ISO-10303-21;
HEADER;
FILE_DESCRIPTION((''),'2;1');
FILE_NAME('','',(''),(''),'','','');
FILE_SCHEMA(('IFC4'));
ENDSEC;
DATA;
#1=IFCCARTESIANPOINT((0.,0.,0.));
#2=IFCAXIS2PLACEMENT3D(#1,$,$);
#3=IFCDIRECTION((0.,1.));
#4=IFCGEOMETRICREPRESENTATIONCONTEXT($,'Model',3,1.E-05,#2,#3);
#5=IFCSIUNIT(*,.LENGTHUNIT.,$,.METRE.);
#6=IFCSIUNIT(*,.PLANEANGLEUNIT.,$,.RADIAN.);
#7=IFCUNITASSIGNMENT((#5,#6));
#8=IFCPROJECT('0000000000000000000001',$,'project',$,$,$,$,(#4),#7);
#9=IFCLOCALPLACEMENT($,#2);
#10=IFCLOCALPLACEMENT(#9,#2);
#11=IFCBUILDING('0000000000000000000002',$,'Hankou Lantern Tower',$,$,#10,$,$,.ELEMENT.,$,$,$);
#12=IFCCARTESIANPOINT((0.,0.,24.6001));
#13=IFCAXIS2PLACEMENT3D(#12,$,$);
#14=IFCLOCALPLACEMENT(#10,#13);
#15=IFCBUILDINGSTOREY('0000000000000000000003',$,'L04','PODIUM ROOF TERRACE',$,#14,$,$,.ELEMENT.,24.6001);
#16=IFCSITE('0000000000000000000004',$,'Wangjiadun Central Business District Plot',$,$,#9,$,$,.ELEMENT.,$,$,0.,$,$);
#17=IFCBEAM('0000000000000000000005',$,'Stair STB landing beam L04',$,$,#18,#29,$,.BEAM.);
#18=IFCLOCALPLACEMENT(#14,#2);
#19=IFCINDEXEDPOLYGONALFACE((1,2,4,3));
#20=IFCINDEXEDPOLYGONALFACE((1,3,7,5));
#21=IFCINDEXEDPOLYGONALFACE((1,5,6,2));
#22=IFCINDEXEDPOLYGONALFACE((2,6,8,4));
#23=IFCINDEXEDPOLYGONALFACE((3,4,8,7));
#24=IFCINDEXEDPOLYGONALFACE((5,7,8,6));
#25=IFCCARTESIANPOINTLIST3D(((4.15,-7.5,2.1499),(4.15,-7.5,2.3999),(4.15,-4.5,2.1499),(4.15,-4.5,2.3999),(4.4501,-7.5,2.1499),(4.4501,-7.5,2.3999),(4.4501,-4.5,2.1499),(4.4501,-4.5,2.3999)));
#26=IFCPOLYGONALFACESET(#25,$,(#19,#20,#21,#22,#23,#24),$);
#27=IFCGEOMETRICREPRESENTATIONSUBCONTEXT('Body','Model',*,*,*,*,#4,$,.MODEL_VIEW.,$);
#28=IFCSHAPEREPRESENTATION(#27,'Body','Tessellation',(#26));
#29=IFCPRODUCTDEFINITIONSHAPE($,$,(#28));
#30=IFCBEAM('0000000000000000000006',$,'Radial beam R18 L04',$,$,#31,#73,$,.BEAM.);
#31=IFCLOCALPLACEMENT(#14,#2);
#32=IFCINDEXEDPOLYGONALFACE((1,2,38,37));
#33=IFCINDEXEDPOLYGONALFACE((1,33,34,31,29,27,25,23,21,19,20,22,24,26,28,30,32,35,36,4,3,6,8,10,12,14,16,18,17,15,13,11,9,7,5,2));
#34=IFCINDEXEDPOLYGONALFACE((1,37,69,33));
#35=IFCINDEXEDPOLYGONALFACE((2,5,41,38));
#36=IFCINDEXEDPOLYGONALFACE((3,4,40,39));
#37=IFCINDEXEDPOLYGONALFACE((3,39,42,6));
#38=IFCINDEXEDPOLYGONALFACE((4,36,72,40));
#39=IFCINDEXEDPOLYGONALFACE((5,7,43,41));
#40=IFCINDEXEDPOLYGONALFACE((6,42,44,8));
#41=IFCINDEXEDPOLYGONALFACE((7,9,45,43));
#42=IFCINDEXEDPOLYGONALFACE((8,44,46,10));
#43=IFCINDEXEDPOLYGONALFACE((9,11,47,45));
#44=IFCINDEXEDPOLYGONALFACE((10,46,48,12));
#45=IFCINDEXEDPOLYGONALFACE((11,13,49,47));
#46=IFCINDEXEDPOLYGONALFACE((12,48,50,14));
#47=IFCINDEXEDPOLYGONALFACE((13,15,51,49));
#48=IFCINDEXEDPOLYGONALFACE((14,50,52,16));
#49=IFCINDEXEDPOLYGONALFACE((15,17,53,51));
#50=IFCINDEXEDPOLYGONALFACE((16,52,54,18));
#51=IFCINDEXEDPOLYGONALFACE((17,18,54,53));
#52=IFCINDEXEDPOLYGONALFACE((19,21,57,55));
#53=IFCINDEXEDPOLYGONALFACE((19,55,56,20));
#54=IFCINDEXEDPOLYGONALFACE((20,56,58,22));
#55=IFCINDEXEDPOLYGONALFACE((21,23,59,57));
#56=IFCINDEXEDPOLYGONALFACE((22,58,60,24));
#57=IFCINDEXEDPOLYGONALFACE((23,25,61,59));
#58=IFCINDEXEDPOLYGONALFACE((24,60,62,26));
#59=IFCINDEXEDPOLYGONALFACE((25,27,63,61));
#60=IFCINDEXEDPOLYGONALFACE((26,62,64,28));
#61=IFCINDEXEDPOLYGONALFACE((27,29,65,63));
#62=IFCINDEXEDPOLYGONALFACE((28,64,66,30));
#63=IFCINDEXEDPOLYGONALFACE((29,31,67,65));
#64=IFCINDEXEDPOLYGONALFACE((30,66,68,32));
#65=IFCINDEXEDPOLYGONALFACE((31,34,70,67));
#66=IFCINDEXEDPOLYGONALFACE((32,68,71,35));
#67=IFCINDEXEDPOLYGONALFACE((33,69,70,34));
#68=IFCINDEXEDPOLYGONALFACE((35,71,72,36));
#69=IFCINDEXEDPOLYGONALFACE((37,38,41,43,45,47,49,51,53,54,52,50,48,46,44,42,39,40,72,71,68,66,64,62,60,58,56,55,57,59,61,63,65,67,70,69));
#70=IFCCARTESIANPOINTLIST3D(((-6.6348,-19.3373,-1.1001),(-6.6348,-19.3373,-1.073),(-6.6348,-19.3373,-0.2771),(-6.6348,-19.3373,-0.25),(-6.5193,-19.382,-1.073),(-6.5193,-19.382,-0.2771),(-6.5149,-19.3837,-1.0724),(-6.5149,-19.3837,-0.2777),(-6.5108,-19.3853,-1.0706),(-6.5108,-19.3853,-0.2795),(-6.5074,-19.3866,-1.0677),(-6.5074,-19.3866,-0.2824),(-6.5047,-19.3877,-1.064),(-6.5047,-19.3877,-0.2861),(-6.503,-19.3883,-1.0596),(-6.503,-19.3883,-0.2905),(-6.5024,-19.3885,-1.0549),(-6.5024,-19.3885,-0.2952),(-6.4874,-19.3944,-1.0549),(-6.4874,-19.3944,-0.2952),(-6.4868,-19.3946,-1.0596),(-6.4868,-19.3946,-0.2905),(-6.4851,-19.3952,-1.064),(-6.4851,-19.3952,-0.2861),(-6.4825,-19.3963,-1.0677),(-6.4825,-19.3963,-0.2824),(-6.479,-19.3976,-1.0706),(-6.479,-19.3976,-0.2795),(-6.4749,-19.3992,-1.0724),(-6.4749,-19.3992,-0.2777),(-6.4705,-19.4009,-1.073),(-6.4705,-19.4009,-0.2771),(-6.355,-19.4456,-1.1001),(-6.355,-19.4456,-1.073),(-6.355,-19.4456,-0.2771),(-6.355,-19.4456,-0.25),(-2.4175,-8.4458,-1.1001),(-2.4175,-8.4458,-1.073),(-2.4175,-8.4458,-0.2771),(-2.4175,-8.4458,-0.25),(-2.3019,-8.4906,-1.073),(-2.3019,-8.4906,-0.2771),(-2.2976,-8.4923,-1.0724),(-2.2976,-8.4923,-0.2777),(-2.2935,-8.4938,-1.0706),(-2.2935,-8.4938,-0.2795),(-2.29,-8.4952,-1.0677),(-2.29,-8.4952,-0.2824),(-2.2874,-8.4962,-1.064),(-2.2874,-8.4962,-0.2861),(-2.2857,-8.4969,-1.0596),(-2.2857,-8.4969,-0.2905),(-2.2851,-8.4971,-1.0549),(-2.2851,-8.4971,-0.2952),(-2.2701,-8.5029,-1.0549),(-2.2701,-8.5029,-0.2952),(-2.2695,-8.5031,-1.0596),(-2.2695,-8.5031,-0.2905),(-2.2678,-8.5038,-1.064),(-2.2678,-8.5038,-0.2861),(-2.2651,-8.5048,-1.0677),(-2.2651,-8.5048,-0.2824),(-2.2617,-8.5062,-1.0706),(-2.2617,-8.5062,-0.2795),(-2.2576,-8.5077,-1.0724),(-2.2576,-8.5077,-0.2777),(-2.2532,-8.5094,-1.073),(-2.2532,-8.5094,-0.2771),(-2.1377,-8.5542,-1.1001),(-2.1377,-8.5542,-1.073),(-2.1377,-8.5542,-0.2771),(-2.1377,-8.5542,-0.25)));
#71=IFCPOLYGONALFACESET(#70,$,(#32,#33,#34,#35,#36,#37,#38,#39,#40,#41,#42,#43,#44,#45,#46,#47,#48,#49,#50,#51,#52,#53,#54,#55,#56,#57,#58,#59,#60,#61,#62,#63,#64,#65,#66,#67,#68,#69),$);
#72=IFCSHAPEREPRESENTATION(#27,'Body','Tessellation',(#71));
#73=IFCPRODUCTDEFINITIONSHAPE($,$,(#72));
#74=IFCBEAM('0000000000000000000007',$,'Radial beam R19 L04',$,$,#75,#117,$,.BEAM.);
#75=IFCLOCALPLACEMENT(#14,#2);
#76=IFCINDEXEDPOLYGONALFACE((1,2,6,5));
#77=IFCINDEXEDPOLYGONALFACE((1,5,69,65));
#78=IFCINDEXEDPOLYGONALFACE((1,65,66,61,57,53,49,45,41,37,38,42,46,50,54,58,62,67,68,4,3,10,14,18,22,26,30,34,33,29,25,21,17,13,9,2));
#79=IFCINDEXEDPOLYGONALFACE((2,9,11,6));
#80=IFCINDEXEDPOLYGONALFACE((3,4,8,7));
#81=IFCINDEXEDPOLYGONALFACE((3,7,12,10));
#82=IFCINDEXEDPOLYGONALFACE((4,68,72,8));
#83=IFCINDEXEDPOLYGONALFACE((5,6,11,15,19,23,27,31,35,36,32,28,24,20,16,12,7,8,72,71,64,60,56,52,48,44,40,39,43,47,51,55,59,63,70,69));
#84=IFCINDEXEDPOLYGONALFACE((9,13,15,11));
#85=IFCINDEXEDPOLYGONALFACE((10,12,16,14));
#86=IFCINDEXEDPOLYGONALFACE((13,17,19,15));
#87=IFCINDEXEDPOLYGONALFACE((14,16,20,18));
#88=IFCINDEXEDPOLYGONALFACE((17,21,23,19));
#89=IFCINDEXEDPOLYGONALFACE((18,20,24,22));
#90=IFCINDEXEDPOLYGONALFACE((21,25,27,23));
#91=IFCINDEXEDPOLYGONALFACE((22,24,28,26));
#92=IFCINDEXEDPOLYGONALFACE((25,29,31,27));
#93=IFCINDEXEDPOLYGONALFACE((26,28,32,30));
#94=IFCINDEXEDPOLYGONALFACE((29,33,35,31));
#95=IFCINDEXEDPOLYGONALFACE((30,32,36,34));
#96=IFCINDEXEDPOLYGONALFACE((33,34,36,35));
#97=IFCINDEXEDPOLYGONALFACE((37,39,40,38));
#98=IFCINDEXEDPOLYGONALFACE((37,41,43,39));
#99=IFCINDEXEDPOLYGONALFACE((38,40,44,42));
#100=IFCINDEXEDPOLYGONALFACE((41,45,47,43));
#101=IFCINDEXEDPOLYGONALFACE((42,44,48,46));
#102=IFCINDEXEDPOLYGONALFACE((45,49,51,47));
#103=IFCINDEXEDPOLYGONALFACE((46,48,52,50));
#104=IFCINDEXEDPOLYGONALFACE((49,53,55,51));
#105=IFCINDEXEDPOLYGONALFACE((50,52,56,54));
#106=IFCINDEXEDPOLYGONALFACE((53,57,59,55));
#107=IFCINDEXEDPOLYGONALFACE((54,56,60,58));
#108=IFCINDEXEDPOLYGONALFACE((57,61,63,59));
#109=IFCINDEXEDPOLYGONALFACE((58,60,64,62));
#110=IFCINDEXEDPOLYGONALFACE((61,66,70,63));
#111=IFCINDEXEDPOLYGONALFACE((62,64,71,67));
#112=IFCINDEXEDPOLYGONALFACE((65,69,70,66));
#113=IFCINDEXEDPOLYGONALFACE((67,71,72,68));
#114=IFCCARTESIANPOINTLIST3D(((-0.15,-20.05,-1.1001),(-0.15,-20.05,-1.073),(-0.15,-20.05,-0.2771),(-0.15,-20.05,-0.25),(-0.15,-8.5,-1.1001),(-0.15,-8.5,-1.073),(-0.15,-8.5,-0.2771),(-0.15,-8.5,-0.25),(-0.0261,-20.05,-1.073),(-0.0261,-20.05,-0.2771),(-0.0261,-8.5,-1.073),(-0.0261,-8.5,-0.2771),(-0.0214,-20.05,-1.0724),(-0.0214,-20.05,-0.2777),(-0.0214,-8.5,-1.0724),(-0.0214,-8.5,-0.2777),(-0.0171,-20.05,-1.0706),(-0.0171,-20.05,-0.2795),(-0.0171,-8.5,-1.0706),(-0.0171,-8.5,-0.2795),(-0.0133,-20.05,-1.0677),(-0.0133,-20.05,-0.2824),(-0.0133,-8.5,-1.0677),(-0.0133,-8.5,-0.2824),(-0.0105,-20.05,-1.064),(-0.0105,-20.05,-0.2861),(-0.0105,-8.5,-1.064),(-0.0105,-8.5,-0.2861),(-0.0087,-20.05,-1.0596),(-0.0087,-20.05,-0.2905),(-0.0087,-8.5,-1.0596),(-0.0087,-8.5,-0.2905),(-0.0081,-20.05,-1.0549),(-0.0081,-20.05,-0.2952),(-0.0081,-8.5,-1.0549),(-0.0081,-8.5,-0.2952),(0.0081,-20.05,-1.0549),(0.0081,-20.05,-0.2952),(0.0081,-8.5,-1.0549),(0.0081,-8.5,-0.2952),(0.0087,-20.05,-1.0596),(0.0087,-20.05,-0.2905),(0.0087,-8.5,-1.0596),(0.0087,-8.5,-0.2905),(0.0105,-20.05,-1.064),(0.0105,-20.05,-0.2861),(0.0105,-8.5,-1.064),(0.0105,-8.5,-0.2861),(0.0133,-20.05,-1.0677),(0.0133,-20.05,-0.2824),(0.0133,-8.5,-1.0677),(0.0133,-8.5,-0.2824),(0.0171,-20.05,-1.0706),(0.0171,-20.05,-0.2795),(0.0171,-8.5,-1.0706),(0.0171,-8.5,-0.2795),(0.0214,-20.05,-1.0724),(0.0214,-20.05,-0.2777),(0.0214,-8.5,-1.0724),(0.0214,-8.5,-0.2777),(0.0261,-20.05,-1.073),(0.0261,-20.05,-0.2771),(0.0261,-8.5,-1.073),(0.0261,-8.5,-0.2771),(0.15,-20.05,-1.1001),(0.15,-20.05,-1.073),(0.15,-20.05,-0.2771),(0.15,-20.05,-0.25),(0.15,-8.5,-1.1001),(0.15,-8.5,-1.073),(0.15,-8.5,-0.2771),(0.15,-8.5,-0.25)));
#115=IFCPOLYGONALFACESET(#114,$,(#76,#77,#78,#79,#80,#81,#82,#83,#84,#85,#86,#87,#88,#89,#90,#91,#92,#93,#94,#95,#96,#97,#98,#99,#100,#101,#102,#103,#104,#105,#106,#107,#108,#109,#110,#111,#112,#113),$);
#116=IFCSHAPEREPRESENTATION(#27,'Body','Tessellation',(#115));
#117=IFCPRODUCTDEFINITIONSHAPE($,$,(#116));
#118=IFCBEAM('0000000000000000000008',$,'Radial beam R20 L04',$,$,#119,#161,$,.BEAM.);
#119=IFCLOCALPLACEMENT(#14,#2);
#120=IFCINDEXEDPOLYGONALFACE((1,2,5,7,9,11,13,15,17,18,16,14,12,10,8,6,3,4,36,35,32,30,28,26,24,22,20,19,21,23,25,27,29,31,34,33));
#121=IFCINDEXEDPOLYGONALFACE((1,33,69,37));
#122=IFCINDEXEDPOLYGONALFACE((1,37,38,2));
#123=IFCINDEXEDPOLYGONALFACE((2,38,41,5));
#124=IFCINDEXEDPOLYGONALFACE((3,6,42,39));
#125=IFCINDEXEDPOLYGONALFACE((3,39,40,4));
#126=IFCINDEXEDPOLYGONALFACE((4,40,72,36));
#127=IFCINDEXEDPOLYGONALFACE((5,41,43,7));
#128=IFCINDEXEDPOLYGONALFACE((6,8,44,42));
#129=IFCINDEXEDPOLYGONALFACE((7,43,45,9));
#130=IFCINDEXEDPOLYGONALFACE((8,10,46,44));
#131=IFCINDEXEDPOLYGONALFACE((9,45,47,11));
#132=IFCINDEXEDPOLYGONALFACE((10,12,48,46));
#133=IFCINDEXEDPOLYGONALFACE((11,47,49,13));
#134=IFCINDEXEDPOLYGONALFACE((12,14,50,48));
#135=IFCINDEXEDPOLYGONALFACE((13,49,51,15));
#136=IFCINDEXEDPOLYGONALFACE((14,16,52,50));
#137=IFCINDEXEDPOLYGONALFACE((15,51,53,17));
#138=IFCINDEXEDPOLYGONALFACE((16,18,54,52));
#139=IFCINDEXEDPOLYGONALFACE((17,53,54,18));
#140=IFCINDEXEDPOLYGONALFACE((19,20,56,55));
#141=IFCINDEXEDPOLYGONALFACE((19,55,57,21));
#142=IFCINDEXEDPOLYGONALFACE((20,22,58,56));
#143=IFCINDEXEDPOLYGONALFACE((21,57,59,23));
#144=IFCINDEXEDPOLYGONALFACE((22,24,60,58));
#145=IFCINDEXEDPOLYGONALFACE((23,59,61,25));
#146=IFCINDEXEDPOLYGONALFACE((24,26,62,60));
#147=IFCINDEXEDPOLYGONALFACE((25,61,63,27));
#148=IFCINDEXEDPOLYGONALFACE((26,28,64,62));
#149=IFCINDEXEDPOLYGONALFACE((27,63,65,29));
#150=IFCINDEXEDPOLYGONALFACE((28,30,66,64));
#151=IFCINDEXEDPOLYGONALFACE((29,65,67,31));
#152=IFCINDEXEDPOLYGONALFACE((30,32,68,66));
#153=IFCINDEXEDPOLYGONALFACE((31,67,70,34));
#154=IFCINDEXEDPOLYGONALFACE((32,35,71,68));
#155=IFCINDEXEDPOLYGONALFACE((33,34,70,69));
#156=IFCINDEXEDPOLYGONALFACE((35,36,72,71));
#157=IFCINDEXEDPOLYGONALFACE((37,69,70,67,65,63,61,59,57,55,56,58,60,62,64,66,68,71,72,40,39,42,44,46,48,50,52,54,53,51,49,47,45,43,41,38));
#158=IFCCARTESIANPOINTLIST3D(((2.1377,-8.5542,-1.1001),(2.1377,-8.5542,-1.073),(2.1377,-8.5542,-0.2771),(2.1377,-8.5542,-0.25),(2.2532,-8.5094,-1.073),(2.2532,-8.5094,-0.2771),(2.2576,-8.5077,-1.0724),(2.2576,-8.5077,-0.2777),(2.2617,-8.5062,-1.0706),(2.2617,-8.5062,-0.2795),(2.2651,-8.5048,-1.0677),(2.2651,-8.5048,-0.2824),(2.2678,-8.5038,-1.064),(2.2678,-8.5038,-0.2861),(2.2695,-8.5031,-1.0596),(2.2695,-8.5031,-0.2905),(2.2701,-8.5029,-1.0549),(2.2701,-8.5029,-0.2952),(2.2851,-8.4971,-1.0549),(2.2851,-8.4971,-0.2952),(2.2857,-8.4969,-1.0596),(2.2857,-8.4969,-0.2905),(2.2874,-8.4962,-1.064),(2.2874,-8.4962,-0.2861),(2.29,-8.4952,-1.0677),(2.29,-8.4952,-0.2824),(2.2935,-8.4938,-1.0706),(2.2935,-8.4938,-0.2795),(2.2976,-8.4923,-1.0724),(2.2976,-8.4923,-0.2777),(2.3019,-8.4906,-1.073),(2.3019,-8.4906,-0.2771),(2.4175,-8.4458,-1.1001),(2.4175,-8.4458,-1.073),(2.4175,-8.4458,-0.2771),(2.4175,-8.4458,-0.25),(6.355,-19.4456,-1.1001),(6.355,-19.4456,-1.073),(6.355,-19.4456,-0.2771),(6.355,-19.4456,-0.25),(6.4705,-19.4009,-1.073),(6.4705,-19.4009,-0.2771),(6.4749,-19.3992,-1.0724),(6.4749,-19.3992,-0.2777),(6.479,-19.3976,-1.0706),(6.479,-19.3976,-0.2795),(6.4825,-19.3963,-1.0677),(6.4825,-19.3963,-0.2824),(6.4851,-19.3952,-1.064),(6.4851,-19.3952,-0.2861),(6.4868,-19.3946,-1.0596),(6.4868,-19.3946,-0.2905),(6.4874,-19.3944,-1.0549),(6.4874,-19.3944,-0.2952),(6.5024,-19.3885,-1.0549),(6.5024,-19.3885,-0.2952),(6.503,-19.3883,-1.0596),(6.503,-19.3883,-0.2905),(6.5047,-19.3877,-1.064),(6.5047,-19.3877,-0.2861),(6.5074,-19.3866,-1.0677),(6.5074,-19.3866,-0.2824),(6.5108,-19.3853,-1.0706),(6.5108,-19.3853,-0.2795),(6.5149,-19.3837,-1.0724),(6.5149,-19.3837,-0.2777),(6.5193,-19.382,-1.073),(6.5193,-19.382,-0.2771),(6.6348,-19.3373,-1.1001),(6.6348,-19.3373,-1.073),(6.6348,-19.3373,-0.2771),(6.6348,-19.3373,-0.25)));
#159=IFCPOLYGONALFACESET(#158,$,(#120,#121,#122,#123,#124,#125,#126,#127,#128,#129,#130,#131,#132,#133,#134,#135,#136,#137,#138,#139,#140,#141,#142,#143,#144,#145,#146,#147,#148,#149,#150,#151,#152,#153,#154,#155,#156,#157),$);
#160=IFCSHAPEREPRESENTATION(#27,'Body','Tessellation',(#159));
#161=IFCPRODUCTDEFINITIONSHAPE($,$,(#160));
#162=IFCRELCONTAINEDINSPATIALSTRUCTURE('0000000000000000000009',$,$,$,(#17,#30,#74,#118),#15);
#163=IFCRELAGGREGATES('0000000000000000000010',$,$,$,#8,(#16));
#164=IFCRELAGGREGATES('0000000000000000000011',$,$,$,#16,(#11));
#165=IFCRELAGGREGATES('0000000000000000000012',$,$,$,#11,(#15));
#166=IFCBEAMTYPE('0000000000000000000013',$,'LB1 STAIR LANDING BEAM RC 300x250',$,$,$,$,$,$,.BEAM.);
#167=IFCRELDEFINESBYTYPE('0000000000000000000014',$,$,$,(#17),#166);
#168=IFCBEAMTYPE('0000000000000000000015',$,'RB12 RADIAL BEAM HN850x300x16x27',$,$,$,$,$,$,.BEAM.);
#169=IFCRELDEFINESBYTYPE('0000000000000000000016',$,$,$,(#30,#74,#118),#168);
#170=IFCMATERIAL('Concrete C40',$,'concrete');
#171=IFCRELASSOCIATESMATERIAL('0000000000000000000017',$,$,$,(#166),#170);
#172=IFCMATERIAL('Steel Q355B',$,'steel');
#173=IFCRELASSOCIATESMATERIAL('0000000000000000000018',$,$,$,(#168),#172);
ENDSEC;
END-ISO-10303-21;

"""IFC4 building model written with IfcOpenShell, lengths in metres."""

from ifc_helpers import new_model, si_unit, direction, frame, origin, origin_2d, place, context, subcontext, project, spatial, rectangle, i_section, extrude, material, material_profile, profile_set, type_object, element, save


model = new_model("IFC4")

# Units and contexts
model_context = context("Model", 3, precision=1e-05, world=origin(), true_north=direction((0.0, 1.0)))
body_context = subcontext(model_context, "Body", "Model", "MODEL_VIEW")
ifc_project = project(units=[si_unit("LENGTHUNIT", "METRE"), si_unit("PLANEANGLEUNIT", "RADIAN")], contexts=[model_context])

# Site, building, storey
site_placement = place(None, origin())
site = spatial("IfcSite", under=ifc_project, at=site_placement, Name="Wangjiadun Central Business District Plot", CompositionType="ELEMENT", RefElevation=0.0)
building_placement = place(site_placement, origin())
building = spatial("IfcBuilding", under=site, at=building_placement, Name="Hankou Lantern Tower", CompositionType="ELEMENT")
storey_placement = place(building_placement, frame((0.0, 0.0, 24.6001)))
storey = spatial("IfcBuildingStorey", under=building, at=storey_placement, Name="L04", Description="PODIUM ROOF TERRACE", CompositionType="ELEMENT", Elevation=24.6001)

# Beams
ifc_material_1 = material(Name="Concrete C40", Category="concrete")
ifc_material_profile_1 = material_profile(ifc_material_1, rectangle(XDim=0.3, YDim=0.25, at=origin_2d()), Name="RC 300x250")
ifc_profile_set_1 = profile_set([ifc_material_profile_1], Name="Concrete C40")
beam_type_1 = type_object("IfcBeamType", Name="LB1 STAIR LANDING BEAM RC 300x250", PredefinedType="BEAM", material=ifc_profile_set_1)
beam_1_placement = place(storey_placement, frame((4.3, -4.5, 2.2749), z_axis=(0.0, -1.0, 0.0), x_axis=(1.0, 0.0, 0.0)))
element("IfcBeam", 1, at=beam_1_placement, inside=storey, type_object=beam_type_1, Name="Stair STB landing beam L04", PredefinedType="BEAM", context=body_context, shape_type="SweptSolid", body=[
    extrude(rectangle(XDim=0.3, YDim=0.25, at=origin_2d()), origin(), (0.0, 0.0, 1.0), 3.0),
])
ifc_material_2 = material(Name="Steel Q355B", Category="steel")
ifc_material_profile_2 = material_profile(ifc_material_2, i_section(OverallWidth=0.3, OverallDepth=0.8501, WebThickness=0.0161, FlangeThickness=0.0271, FilletRadius=0.0181, at=origin_2d()), Name="HN850x300x16x27")
ifc_profile_set_2 = profile_set([ifc_material_profile_2], Name="Steel Q355B")
beam_type_2 = type_object("IfcBeamType", Name="RB12 RADIAL BEAM HN850x300x16x27", PredefinedType="BEAM", material=ifc_profile_set_2)
beam_2_placement = place(storey_placement, frame((-2.2776, -8.5, -0.675), z_axis=(-0.361089, -0.932531, 0.0), x_axis=(0.932531, -0.361089, 0.0)))
element("IfcBeam", 2, at=beam_2_placement, inside=storey, type_object=beam_type_2, Name="Radial beam R18 L04", PredefinedType="BEAM", context=body_context, shape_type="SweptSolid", body=[
    extrude(i_section(OverallWidth=0.3, OverallDepth=0.8501, WebThickness=0.0161, FlangeThickness=0.0271, FilletRadius=0.0181, at=origin_2d()), origin(), (0.0, 0.0, 1.0), 11.6794),
])
beam_3_placement = place(storey_placement, frame((0.0, -8.5, -0.675), z_axis=(0.0, -1.0, 0.0), x_axis=(1.0, 0.0, 0.0)))
element("IfcBeam", 3, at=beam_3_placement, inside=storey, type_object=beam_type_2, Name="Radial beam R19 L04", PredefinedType="BEAM", context=body_context, shape_type="SweptSolid", body=[
    extrude(i_section(OverallWidth=0.3, OverallDepth=0.8501, WebThickness=0.0161, FlangeThickness=0.0271, FilletRadius=0.0181, at=origin_2d()), origin(), (0.0, 0.0, 1.0), 11.55),
])
beam_4_placement = place(storey_placement, frame((2.2776, -8.5, -0.675), z_axis=(0.361089, -0.932531, 0.0), x_axis=(0.932531, 0.361089, 0.0)))
element("IfcBeam", 4, at=beam_4_placement, inside=storey, type_object=beam_type_2, Name="Radial beam R20 L04", PredefinedType="BEAM", context=body_context, shape_type="SweptSolid", body=[
    extrude(i_section(OverallWidth=0.3, OverallDepth=0.8501, WebThickness=0.0161, FlangeThickness=0.0271, FilletRadius=0.0181, at=origin_2d()), origin(), (0.0, 0.0, 1.0), 11.6794),
])

save(model, "model.ifc")
